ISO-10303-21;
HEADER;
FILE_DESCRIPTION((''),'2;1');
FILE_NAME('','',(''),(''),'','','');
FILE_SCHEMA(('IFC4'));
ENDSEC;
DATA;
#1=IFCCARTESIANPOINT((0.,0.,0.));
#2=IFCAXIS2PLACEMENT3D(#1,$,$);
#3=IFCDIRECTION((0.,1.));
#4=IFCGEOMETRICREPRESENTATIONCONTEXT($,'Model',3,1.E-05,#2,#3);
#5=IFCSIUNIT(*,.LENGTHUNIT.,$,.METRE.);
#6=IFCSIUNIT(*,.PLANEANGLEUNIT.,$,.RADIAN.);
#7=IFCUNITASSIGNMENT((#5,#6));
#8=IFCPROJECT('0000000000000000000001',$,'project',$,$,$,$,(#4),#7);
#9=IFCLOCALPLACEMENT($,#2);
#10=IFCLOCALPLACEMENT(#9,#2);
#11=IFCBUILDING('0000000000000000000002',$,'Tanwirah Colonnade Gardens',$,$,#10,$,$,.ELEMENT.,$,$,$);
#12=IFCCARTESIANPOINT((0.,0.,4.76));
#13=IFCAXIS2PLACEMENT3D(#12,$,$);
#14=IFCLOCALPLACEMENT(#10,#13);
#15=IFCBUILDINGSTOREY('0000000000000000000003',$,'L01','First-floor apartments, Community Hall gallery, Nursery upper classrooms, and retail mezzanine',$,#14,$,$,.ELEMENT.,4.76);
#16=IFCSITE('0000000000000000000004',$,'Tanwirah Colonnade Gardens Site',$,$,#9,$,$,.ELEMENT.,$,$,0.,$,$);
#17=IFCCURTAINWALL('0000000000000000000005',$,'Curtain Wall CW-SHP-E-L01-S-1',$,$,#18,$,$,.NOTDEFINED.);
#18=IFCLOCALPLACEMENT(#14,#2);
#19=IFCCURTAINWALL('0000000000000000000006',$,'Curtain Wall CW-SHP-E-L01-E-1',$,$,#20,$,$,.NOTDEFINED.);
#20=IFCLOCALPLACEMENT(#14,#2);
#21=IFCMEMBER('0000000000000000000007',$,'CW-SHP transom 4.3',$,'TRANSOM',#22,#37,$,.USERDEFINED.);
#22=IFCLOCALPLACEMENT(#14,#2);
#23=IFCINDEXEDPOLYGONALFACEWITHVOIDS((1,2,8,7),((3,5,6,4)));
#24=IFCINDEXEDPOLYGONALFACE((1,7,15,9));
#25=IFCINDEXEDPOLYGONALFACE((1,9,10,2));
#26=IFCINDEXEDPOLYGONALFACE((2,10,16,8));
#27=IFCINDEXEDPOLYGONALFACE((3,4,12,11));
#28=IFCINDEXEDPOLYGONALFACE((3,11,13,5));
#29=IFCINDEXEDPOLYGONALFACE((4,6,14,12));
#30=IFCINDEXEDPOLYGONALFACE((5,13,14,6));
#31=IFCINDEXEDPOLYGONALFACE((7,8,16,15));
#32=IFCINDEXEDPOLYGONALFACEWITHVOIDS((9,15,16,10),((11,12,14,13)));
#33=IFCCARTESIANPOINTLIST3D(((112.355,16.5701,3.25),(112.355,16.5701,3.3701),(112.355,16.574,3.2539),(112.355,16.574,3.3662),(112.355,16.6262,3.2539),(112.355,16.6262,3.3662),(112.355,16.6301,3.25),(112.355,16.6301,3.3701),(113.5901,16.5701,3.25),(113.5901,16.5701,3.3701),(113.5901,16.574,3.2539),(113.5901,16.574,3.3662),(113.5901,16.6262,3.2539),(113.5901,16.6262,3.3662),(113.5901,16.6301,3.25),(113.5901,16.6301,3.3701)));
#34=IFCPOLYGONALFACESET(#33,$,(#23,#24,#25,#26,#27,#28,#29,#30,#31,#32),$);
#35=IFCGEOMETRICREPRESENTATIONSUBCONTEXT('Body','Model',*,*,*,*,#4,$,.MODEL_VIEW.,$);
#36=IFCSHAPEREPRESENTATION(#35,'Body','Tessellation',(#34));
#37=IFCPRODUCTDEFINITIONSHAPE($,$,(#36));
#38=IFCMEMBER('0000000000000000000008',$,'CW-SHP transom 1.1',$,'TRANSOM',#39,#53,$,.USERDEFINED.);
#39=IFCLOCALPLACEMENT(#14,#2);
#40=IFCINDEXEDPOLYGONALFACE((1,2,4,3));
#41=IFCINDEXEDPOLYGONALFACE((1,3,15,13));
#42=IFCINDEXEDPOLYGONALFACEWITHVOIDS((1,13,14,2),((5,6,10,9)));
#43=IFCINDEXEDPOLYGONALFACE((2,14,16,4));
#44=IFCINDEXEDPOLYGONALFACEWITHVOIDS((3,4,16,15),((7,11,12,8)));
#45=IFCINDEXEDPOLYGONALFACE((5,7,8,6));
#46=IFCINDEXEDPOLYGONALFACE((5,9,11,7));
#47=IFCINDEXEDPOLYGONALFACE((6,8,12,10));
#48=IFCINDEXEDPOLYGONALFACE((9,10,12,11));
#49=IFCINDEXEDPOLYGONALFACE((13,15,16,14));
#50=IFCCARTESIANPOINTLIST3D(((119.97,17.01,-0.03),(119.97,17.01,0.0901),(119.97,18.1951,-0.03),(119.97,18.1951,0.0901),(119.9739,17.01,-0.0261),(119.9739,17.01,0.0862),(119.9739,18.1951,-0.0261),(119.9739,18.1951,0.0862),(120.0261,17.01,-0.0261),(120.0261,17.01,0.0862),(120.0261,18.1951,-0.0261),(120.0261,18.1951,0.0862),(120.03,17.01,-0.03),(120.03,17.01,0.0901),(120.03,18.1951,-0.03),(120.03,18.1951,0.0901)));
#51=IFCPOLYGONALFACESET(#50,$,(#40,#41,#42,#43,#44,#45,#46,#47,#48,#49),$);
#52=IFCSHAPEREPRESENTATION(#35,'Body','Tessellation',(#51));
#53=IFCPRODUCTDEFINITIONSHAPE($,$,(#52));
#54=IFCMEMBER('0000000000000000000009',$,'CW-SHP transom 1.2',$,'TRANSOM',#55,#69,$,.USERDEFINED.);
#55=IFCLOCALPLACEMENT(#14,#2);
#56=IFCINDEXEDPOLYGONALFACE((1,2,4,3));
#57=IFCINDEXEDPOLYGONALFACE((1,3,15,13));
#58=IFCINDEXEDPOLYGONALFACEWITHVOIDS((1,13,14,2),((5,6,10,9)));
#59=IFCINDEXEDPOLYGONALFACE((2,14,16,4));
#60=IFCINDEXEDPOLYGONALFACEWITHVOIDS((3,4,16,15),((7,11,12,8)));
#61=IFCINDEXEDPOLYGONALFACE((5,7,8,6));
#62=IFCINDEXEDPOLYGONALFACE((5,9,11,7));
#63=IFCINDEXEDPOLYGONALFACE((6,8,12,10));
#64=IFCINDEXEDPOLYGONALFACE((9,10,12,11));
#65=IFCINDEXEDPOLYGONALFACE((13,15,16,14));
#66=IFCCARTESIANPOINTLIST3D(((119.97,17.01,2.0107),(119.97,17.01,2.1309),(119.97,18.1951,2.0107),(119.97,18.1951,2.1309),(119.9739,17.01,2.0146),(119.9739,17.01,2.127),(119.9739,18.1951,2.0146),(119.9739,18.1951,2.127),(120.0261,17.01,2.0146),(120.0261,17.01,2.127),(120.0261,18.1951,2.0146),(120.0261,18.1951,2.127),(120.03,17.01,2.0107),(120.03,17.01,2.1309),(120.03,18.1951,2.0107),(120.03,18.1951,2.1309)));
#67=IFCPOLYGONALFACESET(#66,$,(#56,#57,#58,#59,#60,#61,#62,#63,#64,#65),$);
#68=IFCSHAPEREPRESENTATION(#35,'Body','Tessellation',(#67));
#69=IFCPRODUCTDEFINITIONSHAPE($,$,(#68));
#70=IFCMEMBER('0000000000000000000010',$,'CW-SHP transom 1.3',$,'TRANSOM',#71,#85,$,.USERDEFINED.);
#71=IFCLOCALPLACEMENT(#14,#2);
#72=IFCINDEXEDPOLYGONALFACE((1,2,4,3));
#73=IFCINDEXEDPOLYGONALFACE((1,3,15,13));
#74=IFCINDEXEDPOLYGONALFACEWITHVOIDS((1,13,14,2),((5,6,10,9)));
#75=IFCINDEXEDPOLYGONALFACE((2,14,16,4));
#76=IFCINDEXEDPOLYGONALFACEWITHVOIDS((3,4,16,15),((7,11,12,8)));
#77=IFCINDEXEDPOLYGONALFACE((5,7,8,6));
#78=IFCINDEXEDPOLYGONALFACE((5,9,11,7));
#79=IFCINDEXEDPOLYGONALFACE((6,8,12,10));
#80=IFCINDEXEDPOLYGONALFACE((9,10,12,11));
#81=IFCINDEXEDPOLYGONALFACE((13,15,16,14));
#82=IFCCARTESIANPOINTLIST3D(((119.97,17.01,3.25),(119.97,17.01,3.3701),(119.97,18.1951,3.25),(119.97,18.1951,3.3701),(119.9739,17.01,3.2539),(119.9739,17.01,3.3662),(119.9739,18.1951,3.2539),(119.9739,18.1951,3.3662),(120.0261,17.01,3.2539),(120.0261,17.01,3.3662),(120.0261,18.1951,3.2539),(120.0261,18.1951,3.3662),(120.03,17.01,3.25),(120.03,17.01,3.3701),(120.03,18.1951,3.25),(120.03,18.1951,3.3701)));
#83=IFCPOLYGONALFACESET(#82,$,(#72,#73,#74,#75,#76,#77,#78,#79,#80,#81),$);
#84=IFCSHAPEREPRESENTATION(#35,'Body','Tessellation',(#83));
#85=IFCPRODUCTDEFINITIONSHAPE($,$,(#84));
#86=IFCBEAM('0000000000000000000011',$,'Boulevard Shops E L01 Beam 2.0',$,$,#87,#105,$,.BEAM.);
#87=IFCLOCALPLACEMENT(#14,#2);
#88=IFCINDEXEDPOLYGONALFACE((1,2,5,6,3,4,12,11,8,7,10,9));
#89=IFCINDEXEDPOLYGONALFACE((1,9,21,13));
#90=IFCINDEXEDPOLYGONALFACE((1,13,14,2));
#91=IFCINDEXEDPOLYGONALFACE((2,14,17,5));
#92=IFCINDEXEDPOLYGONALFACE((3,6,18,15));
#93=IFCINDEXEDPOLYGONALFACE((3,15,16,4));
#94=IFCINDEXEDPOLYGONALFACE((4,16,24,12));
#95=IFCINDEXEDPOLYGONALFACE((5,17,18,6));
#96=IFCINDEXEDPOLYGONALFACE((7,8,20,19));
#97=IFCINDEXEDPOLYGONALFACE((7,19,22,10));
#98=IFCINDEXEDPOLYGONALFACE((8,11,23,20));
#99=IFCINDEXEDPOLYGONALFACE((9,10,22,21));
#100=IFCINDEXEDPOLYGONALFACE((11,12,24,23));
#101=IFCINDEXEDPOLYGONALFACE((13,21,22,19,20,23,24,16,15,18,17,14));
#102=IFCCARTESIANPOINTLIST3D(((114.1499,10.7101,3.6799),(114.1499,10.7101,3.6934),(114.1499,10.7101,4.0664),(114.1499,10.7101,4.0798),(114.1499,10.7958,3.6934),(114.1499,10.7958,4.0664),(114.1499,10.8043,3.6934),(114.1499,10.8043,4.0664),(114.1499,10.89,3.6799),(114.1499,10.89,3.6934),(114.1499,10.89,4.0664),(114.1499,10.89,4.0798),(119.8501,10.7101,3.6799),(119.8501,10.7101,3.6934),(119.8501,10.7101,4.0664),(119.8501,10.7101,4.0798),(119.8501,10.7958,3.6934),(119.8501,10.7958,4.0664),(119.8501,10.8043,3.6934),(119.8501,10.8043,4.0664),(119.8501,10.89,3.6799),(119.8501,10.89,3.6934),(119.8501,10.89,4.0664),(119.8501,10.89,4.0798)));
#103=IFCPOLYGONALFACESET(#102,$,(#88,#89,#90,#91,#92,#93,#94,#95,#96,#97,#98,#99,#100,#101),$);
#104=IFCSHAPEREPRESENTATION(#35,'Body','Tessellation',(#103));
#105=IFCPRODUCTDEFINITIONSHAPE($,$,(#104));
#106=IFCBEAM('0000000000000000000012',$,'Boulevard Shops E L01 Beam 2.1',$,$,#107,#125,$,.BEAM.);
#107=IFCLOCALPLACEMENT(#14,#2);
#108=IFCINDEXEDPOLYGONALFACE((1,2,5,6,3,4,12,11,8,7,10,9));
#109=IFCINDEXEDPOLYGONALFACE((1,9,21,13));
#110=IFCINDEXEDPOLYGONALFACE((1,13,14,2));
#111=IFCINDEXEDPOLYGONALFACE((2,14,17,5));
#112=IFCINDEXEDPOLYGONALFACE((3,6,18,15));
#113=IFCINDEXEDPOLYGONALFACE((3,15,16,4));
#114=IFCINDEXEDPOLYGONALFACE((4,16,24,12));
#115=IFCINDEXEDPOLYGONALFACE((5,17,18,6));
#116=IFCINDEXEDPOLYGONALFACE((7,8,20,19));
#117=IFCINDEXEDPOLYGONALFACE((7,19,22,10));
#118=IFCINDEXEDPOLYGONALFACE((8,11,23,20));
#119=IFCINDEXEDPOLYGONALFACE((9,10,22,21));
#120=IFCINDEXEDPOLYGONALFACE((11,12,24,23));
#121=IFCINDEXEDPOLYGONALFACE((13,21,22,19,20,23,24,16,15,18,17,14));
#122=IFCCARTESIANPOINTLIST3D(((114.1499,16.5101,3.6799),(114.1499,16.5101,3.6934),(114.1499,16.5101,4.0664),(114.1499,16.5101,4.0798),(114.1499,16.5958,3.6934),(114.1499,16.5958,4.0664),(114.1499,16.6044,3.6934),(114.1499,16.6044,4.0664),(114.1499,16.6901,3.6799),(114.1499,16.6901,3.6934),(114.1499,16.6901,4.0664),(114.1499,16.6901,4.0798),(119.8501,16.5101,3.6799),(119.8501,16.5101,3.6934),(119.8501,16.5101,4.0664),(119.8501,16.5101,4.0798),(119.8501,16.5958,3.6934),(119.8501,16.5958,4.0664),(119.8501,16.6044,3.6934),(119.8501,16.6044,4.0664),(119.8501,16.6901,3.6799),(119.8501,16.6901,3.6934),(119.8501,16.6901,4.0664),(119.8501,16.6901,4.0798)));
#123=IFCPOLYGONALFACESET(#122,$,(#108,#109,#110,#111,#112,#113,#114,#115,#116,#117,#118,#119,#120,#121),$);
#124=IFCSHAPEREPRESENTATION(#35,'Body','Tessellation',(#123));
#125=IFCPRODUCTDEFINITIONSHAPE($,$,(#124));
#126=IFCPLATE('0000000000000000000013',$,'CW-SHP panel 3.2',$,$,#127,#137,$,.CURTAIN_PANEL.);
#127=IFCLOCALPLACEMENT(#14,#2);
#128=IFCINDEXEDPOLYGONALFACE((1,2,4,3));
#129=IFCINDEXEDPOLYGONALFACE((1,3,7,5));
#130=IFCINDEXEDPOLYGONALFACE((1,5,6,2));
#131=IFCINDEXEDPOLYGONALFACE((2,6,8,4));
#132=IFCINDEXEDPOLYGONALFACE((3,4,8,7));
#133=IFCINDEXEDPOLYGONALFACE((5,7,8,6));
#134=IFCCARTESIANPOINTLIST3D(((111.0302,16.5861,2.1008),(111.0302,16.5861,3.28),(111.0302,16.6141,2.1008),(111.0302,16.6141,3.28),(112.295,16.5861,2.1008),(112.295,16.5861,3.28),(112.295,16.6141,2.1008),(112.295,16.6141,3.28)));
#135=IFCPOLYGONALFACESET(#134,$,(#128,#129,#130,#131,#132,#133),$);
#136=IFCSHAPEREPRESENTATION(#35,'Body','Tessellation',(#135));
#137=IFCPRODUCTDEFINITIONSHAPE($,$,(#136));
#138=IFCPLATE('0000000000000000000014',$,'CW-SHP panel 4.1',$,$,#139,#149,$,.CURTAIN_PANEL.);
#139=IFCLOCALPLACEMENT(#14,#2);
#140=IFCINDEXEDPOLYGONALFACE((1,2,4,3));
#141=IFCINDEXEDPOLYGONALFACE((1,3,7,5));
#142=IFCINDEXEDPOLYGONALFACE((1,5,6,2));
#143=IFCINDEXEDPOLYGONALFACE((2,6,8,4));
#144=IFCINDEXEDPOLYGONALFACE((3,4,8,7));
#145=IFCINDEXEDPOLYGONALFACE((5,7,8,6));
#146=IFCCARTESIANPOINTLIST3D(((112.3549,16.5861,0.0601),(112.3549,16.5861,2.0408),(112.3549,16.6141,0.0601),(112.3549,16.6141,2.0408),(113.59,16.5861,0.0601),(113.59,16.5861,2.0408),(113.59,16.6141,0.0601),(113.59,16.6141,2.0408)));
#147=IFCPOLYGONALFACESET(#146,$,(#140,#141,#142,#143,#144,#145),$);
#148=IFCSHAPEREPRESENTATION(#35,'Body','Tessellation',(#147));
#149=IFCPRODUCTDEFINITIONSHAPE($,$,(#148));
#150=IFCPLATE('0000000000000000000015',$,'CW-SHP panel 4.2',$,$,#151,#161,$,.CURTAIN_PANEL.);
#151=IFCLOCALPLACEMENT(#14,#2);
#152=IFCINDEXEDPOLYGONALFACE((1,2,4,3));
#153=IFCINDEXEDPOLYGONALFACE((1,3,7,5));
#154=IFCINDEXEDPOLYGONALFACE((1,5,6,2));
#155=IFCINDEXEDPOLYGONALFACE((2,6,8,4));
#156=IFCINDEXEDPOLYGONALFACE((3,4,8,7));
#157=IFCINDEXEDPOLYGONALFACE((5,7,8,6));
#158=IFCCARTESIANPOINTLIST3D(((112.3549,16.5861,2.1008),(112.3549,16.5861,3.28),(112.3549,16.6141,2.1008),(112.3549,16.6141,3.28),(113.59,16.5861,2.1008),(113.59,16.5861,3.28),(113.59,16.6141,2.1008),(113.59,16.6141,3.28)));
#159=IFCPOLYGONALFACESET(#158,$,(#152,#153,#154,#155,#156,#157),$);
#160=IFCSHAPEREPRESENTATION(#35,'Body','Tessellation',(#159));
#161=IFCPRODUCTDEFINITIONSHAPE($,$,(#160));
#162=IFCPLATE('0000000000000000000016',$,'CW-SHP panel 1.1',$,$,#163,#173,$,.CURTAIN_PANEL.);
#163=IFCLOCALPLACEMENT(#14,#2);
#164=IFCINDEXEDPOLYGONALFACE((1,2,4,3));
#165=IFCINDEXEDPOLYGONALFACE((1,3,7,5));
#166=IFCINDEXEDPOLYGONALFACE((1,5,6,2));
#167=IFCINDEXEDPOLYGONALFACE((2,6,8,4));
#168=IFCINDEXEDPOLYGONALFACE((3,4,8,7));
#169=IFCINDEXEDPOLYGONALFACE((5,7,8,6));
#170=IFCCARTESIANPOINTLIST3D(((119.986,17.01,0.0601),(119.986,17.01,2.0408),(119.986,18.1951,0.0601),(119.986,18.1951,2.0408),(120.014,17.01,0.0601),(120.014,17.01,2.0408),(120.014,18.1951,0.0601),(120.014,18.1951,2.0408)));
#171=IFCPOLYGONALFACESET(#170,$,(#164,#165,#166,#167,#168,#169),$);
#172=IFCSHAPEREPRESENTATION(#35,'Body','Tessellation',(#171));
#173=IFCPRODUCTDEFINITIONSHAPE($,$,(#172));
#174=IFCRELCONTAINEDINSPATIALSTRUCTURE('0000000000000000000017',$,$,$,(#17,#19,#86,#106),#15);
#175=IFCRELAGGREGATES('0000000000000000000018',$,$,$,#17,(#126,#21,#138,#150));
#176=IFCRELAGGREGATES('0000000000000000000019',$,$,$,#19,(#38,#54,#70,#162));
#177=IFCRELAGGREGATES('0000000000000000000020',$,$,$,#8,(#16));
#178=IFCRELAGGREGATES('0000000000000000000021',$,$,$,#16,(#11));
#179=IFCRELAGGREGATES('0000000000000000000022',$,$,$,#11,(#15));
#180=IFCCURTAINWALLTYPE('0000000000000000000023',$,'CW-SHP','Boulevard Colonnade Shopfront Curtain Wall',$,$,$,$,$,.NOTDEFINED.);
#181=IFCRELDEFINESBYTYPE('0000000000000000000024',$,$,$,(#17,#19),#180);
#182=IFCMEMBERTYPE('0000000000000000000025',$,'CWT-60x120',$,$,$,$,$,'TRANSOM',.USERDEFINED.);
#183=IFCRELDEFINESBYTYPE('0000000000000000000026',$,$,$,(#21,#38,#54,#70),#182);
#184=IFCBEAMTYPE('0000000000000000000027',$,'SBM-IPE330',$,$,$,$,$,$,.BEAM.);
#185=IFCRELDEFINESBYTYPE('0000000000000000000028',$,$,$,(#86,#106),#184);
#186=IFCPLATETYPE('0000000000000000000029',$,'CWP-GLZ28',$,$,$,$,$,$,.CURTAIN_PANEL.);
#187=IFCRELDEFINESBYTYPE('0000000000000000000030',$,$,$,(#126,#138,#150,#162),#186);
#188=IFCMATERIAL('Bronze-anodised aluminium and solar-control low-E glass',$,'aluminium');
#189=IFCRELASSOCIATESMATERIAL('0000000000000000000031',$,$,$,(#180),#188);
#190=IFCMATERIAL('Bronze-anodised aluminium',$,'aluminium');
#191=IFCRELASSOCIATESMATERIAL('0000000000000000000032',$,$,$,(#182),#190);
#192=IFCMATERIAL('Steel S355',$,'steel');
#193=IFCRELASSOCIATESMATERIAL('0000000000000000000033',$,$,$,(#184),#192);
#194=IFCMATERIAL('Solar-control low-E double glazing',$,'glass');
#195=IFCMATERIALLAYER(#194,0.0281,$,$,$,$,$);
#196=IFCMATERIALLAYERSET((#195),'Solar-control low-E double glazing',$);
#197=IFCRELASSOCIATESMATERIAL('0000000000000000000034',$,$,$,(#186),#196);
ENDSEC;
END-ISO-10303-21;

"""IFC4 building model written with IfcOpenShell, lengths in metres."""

from ifc_helpers import new_model, si_unit, direction, frame, origin, origin_2d, place, context, subcontext, project, spatial, rectangle, hollow_rectangle, i_section, extrude, material, layer, layer_set, material_profile, profile_set, type_object, element, aggregate, save


model = new_model("IFC4")

# Units and contexts
model_context = context("Model", 3, precision=1e-05, world=origin(), true_north=direction((0.0, 1.0)))
body_context = subcontext(model_context, "Body", "Model", "MODEL_VIEW")
ifc_project = project(units=[si_unit("LENGTHUNIT", "METRE"), si_unit("PLANEANGLEUNIT", "RADIAN")], contexts=[model_context])

# Site, building, storey
site_placement = place(None, origin())
site = spatial("IfcSite", under=ifc_project, at=site_placement, Name="Tanwirah Colonnade Gardens Site", CompositionType="ELEMENT", RefElevation=0.0)
building_placement = place(site_placement, origin())
building = spatial("IfcBuilding", under=site, at=building_placement, Name="Tanwirah Colonnade Gardens", CompositionType="ELEMENT")
storey_placement = place(building_placement, frame((0.0, 0.0, 4.76)))
storey = spatial("IfcBuildingStorey", under=building, at=storey_placement, Name="L01", Description="First-floor apartments, Community Hall gallery, Nursery upper classrooms, and retail mezzanine", CompositionType="ELEMENT", Elevation=4.76)

# Curtain wall
ifc_material_1 = material(Name="Bronze-anodised aluminium and solar-control low-E glass", Category="aluminium")
curtain_wall_type = type_object("IfcCurtainWallType", Name="CW-SHP", Description="Boulevard Colonnade Shopfront Curtain Wall", PredefinedType="NOTDEFINED", material=ifc_material_1)
curtain_wall_1_placement = place(storey_placement, origin())
curtain_wall_1 = element("IfcCurtainWall", 1, at=curtain_wall_1_placement, inside=storey, type_object=curtain_wall_type, Name="Curtain Wall CW-SHP-E-L01-S-1", PredefinedType="NOTDEFINED")
ifc_material_2 = material(Name="Bronze-anodised aluminium", Category="aluminium")

# Curtain wall
curtain_wall_2_placement = place(storey_placement, origin())
curtain_wall_2 = element("IfcCurtainWall", 2, at=curtain_wall_2_placement, inside=storey, type_object=curtain_wall_type, Name="Curtain Wall CW-SHP-E-L01-E-1", PredefinedType="NOTDEFINED")

# Members
ifc_material_profile_1 = material_profile(ifc_material_2, hollow_rectangle(XDim=0.0601, YDim=0.1201, WallThickness=0.0039, at=origin_2d()), Name="CW-TRN 60x120x4")
ifc_profile_set_1 = profile_set([ifc_material_profile_1], Name="Bronze-anodised aluminium")
member_type_1 = type_object("IfcMemberType", Name="CWT-60x120", ElementType="TRANSOM", PredefinedType="USERDEFINED", material=ifc_profile_set_1)
member_1_placement = place(storey_placement, frame((112.355, 16.6001, 3.3101), z_axis=(1.0, 0.0, 0.0), x_axis=(0.0, 1.0, 0.0)))
member_1 = element("IfcMember", 3, at=member_1_placement, type_object=member_type_1, Name="CW-SHP transom 4.3", ObjectType="TRANSOM", PredefinedType="USERDEFINED", context=body_context, shape_type="SweptSolid", body=[
    extrude(hollow_rectangle(XDim=0.0601, YDim=0.1201, WallThickness=0.0039, at=origin_2d()), origin(), (0.0, 0.0, 1.0), 1.2351),
])
member_2_placement = place(storey_placement, frame((120.0, 17.01, 0.03), z_axis=(0.0, 1.0, 0.0), x_axis=(-1.0, 0.0, 0.0)))
member_2 = element("IfcMember", 4, at=member_2_placement, type_object=member_type_1, Name="CW-SHP transom 1.1", ObjectType="TRANSOM", PredefinedType="USERDEFINED", context=body_context, shape_type="SweptSolid", body=[
    extrude(hollow_rectangle(XDim=0.0601, YDim=0.1201, WallThickness=0.0039, at=origin_2d()), origin(), (0.0, 0.0, 1.0), 1.1851),
])
member_3_placement = place(storey_placement, frame((120.0, 17.01, 2.0708), z_axis=(0.0, 1.0, 0.0), x_axis=(-1.0, 0.0, 0.0)))
member_3 = element("IfcMember", 5, at=member_3_placement, type_object=member_type_1, Name="CW-SHP transom 1.2", ObjectType="TRANSOM", PredefinedType="USERDEFINED", context=body_context, shape_type="SweptSolid", body=[
    extrude(hollow_rectangle(XDim=0.0601, YDim=0.1201, WallThickness=0.0039, at=origin_2d()), origin(), (0.0, 0.0, 1.0), 1.1851),
])
member_4_placement = place(storey_placement, frame((120.0, 17.01, 3.3101), z_axis=(0.0, 1.0, 0.0), x_axis=(-1.0, 0.0, 0.0)))
member_4 = element("IfcMember", 6, at=member_4_placement, type_object=member_type_1, Name="CW-SHP transom 1.3", ObjectType="TRANSOM", PredefinedType="USERDEFINED", context=body_context, shape_type="SweptSolid", body=[
    extrude(hollow_rectangle(XDim=0.0601, YDim=0.1201, WallThickness=0.0039, at=origin_2d()), origin(), (0.0, 0.0, 1.0), 1.1851),
])

# Beams
ifc_material_3 = material(Name="Steel S355", Category="steel")
ifc_material_profile_2 = material_profile(ifc_material_3, i_section(OverallWidth=0.1799, OverallDepth=0.3999, WebThickness=0.0085, FlangeThickness=0.0134, at=origin_2d()), Name="IPE 400")
ifc_profile_set_2 = profile_set([ifc_material_profile_2], Name="Steel S355")
beam_type = type_object("IfcBeamType", Name="SBM-IPE330", PredefinedType="BEAM", material=ifc_profile_set_2)
for number, where, z_axis, x_axis, name in (
    (7, (114.1499, 10.8, 3.8799), (1.0, 0.0, 0.0), (0.0, 1.0, 0.0), "Boulevard Shops E L01 Beam 2.0"),
    (8, (114.1499, 16.6001, 3.8799), (1.0, 0.0, 0.0), (0.0, 1.0, 0.0), "Boulevard Shops E L01 Beam 2.1"),
):
    element("IfcBeam", number, at=place(storey_placement, frame(where, z_axis=z_axis, x_axis=x_axis)), inside=storey, type_object=beam_type, Name=name, PredefinedType="BEAM", context=body_context, shape_type="SweptSolid", body=[
        extrude(i_section(OverallWidth=0.1799, OverallDepth=0.3999, WebThickness=0.0085, FlangeThickness=0.0134, at=origin_2d()), origin(), (0.0, 0.0, 1.0), 5.7002),
    ])

# Plates
ifc_material_4 = material(Name="Solar-control low-E double glazing", Category="glass")
ifc_layer_1 = layer(ifc_material_4, 0.0281)
ifc_layer_set_1 = layer_set([ifc_layer_1], Name="Solar-control low-E double glazing")
plate_type = type_object("IfcPlateType", Name="CWP-GLZ28", PredefinedType="CURTAIN_PANEL", material=ifc_layer_set_1)
plate_1_placement = place(storey_placement, frame((111.6626, 16.6001, 2.1008), z_axis=(0.0, 0.0, 1.0), x_axis=(1.0, 0.0, 0.0)))
plate_1 = element("IfcPlate", 9, at=plate_1_placement, type_object=plate_type, Name="CW-SHP panel 3.2", PredefinedType="CURTAIN_PANEL", context=body_context, shape_type="SweptSolid", body=[
    extrude(rectangle(XDim=1.2649, YDim=0.0281, at=origin_2d()), origin(), (0.0, 0.0, 1.0), 1.1792),
])
plate_2_placement = place(storey_placement, frame((112.9724, 16.6001, 0.0601), z_axis=(0.0, 0.0, 1.0), x_axis=(1.0, 0.0, 0.0)))
plate_2 = element("IfcPlate", 10, at=plate_2_placement, type_object=plate_type, Name="CW-SHP panel 4.1", PredefinedType="CURTAIN_PANEL", context=body_context, shape_type="SweptSolid", body=[
    extrude(rectangle(XDim=1.2351, YDim=0.0281, at=origin_2d()), origin(), (0.0, 0.0, 1.0), 1.9807),
])
plate_3_placement = place(storey_placement, frame((112.9724, 16.6001, 2.1008), z_axis=(0.0, 0.0, 1.0), x_axis=(1.0, 0.0, 0.0)))
plate_3 = element("IfcPlate", 11, at=plate_3_placement, type_object=plate_type, Name="CW-SHP panel 4.2", PredefinedType="CURTAIN_PANEL", context=body_context, shape_type="SweptSolid", body=[
    extrude(rectangle(XDim=1.2351, YDim=0.0281, at=origin_2d()), origin(), (0.0, 0.0, 1.0), 1.1792),
])
aggregate(curtain_wall_1, [plate_1, member_1, plate_2, plate_3])
plate_4_placement = place(storey_placement, frame((120.0, 17.6025, 0.0601), z_axis=(0.0, 0.0, 1.0), x_axis=(0.0, 1.0, 0.0)))
plate_4 = element("IfcPlate", 12, at=plate_4_placement, type_object=plate_type, Name="CW-SHP panel 1.1", PredefinedType="CURTAIN_PANEL", context=body_context, shape_type="SweptSolid", body=[
    extrude(rectangle(XDim=1.1851, YDim=0.0281, at=origin_2d()), origin(), (0.0, 0.0, 1.0), 1.9807),
])
aggregate(curtain_wall_2, [member_2, member_3, member_4, plate_4])

save(model, "model.ifc")
